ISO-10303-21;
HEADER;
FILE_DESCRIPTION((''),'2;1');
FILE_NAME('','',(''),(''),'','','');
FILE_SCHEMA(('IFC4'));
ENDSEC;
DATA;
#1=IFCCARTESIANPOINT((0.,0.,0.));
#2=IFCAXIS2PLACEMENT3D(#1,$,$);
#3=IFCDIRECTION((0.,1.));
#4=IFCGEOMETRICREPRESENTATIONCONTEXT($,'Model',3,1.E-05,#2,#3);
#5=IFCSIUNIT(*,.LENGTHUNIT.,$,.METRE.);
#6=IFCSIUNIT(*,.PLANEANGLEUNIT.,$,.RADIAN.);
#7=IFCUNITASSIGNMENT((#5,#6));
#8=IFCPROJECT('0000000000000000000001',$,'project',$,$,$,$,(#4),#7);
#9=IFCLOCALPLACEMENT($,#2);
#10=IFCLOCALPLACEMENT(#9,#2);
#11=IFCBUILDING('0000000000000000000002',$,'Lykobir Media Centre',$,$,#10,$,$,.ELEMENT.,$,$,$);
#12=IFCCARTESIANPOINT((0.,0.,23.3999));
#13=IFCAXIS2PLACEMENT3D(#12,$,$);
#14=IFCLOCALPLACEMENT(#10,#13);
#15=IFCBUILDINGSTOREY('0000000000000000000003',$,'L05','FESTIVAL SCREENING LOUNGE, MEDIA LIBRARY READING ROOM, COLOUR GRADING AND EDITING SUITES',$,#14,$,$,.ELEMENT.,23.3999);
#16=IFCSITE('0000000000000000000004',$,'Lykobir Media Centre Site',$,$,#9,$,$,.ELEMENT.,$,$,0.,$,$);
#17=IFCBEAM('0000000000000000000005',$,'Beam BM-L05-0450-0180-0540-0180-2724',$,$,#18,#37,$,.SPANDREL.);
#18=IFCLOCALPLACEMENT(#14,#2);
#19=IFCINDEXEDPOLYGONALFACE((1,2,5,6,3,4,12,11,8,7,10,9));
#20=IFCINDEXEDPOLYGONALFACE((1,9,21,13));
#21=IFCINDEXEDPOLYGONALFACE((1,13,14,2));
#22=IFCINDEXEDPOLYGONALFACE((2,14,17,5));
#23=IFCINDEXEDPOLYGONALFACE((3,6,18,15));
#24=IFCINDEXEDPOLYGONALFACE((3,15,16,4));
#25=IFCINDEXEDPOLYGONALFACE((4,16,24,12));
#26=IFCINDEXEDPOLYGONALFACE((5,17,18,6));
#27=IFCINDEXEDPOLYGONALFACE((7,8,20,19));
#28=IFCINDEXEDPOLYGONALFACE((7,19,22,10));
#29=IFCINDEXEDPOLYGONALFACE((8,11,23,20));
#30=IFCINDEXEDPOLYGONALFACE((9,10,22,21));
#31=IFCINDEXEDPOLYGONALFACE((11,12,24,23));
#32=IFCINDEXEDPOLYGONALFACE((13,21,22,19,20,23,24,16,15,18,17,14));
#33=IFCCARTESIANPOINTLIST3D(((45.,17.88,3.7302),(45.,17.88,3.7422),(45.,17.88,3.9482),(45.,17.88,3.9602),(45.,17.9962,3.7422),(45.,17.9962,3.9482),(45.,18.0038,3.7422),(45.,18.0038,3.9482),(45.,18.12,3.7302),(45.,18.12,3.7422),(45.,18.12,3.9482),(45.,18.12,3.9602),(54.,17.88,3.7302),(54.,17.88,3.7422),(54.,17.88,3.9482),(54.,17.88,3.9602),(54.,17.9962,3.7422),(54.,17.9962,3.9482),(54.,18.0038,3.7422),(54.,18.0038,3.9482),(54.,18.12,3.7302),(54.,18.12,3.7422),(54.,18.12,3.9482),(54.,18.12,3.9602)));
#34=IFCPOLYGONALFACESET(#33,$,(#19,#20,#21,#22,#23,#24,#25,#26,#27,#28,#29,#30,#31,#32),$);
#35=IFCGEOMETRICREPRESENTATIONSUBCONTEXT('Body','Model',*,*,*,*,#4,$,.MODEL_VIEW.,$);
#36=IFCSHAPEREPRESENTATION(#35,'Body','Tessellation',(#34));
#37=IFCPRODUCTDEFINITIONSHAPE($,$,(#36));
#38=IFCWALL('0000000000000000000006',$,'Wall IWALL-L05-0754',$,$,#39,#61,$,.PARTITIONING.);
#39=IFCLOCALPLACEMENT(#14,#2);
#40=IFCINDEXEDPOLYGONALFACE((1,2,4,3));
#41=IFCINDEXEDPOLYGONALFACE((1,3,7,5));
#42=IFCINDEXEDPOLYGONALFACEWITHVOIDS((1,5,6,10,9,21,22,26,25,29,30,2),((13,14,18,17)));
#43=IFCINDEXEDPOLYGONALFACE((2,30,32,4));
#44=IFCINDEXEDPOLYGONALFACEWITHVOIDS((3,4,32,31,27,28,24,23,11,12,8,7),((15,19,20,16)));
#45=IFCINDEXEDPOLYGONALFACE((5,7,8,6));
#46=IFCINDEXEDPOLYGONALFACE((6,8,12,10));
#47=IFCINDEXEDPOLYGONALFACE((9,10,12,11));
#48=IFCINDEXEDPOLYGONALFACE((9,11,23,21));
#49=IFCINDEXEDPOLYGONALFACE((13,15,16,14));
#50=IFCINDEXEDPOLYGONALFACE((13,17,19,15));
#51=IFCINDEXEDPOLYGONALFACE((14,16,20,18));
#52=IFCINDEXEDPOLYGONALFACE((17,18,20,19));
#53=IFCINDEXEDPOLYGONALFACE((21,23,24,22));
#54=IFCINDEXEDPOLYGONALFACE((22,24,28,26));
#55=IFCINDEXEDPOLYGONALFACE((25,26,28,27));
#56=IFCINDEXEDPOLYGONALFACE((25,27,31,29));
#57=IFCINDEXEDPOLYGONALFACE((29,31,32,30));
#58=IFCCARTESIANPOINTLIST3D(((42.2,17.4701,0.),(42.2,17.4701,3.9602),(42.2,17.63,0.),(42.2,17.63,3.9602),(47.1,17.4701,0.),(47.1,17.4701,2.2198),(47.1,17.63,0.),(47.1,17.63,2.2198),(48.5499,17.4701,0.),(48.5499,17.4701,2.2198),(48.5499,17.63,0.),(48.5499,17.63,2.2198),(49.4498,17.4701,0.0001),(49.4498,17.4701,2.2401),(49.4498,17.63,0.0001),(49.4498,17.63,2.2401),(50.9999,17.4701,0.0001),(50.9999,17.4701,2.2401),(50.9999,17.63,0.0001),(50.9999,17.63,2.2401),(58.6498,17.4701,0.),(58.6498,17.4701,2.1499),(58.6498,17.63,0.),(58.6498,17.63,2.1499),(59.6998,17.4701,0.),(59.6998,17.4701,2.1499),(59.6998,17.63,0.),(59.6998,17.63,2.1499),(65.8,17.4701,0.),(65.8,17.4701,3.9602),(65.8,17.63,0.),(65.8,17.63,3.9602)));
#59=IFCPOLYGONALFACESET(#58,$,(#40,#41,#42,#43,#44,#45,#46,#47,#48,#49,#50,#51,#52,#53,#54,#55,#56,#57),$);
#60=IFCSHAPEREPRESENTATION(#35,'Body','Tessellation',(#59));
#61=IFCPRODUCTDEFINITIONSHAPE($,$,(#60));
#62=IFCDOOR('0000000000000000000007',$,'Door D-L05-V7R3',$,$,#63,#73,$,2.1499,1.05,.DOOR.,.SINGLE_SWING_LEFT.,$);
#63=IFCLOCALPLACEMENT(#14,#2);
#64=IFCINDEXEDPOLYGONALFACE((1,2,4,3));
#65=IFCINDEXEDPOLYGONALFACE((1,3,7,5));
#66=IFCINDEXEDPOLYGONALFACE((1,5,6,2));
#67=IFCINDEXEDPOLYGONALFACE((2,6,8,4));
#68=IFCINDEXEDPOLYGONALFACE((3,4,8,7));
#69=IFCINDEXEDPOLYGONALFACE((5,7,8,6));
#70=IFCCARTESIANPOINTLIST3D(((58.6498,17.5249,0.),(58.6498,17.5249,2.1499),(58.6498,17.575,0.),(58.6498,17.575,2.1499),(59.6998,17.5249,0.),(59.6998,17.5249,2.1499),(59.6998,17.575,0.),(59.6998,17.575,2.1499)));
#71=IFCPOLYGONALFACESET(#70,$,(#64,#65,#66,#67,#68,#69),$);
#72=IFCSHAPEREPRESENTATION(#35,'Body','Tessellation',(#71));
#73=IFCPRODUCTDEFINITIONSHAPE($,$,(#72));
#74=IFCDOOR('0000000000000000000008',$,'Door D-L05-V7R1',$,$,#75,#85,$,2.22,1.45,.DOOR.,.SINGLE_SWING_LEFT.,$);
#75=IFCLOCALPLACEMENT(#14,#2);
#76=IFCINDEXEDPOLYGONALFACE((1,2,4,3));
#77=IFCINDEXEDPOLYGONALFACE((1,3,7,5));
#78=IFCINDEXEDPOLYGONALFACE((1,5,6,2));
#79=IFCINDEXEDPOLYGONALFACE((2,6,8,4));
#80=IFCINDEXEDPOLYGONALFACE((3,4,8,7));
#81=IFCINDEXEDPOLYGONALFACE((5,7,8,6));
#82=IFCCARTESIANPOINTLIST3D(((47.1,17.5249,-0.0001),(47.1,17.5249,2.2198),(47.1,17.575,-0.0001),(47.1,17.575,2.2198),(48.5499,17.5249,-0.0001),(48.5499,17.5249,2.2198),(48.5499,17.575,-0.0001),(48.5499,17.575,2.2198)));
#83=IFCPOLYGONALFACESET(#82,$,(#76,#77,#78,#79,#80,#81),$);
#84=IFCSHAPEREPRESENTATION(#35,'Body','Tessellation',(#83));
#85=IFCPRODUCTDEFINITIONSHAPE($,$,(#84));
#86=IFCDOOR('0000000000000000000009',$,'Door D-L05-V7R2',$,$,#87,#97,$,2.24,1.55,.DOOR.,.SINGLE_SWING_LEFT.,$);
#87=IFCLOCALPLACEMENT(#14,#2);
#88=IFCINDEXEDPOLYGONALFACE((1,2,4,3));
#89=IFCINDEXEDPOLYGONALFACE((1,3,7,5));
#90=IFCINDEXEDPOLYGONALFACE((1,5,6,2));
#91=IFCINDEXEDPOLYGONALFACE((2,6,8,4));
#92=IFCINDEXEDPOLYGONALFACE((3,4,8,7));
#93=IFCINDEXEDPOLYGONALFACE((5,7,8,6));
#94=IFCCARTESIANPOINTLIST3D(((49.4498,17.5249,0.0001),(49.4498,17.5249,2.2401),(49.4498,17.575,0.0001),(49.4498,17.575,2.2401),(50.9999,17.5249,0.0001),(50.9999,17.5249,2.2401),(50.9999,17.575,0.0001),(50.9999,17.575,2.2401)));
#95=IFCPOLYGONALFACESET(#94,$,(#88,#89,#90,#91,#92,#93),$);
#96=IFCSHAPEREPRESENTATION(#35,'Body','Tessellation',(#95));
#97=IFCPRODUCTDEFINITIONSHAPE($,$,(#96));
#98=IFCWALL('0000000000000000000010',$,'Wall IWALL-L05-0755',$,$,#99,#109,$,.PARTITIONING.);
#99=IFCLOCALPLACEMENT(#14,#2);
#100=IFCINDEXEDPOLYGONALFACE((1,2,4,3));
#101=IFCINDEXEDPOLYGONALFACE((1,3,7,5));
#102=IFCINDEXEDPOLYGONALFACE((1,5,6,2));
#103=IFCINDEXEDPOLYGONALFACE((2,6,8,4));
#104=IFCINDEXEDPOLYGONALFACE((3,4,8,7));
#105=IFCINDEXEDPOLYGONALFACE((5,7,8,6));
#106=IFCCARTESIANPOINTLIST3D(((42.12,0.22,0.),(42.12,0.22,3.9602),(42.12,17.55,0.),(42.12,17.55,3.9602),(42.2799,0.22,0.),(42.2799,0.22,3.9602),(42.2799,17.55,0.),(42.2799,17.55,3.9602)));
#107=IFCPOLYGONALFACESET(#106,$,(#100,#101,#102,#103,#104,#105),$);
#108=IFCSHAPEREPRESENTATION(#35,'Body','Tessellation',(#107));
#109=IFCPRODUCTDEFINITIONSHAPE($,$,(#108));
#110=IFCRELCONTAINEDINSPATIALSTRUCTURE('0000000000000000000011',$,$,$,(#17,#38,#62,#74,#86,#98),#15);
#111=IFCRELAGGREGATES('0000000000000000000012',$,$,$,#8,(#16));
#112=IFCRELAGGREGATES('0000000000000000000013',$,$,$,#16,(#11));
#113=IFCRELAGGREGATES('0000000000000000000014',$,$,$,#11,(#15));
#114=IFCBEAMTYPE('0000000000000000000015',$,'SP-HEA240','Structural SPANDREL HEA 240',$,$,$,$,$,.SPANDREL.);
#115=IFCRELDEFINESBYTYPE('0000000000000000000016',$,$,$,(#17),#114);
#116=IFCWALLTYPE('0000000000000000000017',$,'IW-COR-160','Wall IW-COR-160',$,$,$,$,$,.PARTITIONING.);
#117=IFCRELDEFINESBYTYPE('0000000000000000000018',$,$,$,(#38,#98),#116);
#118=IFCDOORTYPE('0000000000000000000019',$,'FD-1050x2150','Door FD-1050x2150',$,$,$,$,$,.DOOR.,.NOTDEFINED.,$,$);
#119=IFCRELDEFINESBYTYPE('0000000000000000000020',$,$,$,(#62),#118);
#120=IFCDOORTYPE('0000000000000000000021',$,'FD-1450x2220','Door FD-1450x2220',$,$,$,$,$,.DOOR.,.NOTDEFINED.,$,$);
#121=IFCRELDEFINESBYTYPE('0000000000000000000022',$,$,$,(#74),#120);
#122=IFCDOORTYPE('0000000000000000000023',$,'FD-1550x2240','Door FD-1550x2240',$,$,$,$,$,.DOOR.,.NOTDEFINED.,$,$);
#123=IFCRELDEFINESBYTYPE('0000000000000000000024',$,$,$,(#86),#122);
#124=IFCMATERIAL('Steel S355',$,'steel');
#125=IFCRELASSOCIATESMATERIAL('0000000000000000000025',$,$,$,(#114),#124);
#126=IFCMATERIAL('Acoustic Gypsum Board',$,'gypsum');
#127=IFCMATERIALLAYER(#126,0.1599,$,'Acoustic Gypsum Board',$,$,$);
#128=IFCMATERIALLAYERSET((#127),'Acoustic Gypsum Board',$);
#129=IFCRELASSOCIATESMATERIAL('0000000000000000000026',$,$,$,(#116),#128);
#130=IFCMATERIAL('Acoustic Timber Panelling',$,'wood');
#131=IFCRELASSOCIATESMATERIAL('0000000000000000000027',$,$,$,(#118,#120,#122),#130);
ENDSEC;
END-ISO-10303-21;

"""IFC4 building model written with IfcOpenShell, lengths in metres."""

from ifc_helpers import new_model, si_unit, direction, frame, frame_2d, origin, origin_2d, place, context, subcontext, project, spatial, rectangle, i_section, extrude, material, layer, layer_set, material_profile, profile_set, type_object, element, fill, save


model = new_model("IFC4")

# Units and contexts
model_context = context("Model", 3, precision=1e-05, world=origin(), true_north=direction((0.0, 1.0)))
body_context = subcontext(model_context, "Body", "Model", "MODEL_VIEW")
ifc_project = project(units=[si_unit("LENGTHUNIT", "METRE"), si_unit("PLANEANGLEUNIT", "RADIAN")], contexts=[model_context])

# Site, building, storey
site_placement = place(None, origin())
site = spatial("IfcSite", under=ifc_project, at=site_placement, Name="Lykobir Media Centre Site", CompositionType="ELEMENT", RefElevation=0.0)
building_placement = place(site_placement, origin())
building = spatial("IfcBuilding", under=site, at=building_placement, Name="Lykobir Media Centre", CompositionType="ELEMENT")
storey_placement = place(building_placement, frame((0.0, 0.0, 23.3999)))
storey = spatial("IfcBuildingStorey", under=building, at=storey_placement, Name="L05", Description="FESTIVAL SCREENING LOUNGE, MEDIA LIBRARY READING ROOM, COLOUR GRADING AND EDITING SUITES", CompositionType="ELEMENT", Elevation=23.3999)

# Shared definitions
ifc_material_1 = material(Name="Steel S355", Category="steel")

# Beam
ifc_material_profile_1 = material_profile(ifc_material_1, i_section(OverallWidth=0.24, OverallDepth=0.23, WebThickness=0.0076, FlangeThickness=0.012, at=origin_2d()), Name="HEA 240")
ifc_profile_set_1 = profile_set([ifc_material_profile_1], Name="Steel S355")
beam_type_1 = type_object("IfcBeamType", Name="SP-HEA240", Description="Structural SPANDREL HEA 240", PredefinedType="SPANDREL", material=ifc_profile_set_1)
beam_1_placement = place(storey_placement, frame((45.0, 18.0, 3.8452), z_axis=(1.0, 0.0, 0.0), x_axis=(0.0, 1.0, 0.0)))
element("IfcBeam", 1, at=beam_1_placement, inside=storey, type_object=beam_type_1, Name="Beam BM-L05-0450-0180-0540-0180-2724", PredefinedType="SPANDREL", context=body_context, shape_type="SweptSolid", body=[
    extrude(i_section(OverallWidth=0.24, OverallDepth=0.23, WebThickness=0.0076, FlangeThickness=0.012, at=origin_2d()), origin(), (0.0, 0.0, 1.0), 9.0),
])

# Wall, openings, doors
ifc_material_2 = material(Name="Acoustic Gypsum Board", Category="gypsum")
ifc_layer_1 = layer(ifc_material_2, 0.1599, Name="Acoustic Gypsum Board")
ifc_layer_set_1 = layer_set([ifc_layer_1], Name="Acoustic Gypsum Board")
wall_type_1 = type_object("IfcWallType", Name="IW-COR-160", Description="Wall IW-COR-160", PredefinedType="PARTITIONING", material=ifc_layer_set_1)
wall_1_placement = place(storey_placement, frame((42.2, 17.55, 0.0), z_axis=(0.0, 0.0, 1.0), x_axis=(1.0, 0.0, 0.0)))
wall_1 = element("IfcWall", 2, at=wall_1_placement, inside=storey, type_object=wall_type_1, Name="Wall IWALL-L05-0754", PredefinedType="PARTITIONING", context=body_context, shape_type="SweptSolid", body=[
    extrude(rectangle(XDim=23.6001, YDim=0.1599, at=frame_2d((11.8, 0.0))), origin(), (0.0, 0.0, 1.0), 3.9602),
])
opening_1_placement = place(wall_1_placement, frame((4.8999, 0.0, 0.0)))
opening_1 = element("IfcOpeningElement", 3, at=opening_1_placement, cuts=wall_1, PredefinedType="OPENING", context=body_context, shape_type="SweptSolid", body=[
    extrude(rectangle(XDim=1.45, YDim=2.22, at=frame_2d((0.7251, 1.1099))), frame((0.0, 0.0898, 0.0), z_axis=(0.0, -1.0, 0.0), x_axis=(1.0, 0.0, 0.0)), (0.0, 0.0, 1.0), 0.1799),
])
opening_2_placement = place(wall_1_placement, frame((7.25, 0.0, 0.0)))
opening_2 = element("IfcOpeningElement", 4, at=opening_2_placement, cuts=wall_1, PredefinedType="OPENING", context=body_context, shape_type="SweptSolid", body=[
    extrude(rectangle(XDim=1.55, YDim=2.24, at=frame_2d((0.7749, 1.1201))), frame((0.0, 0.0898, 0.0), z_axis=(0.0, -1.0, 0.0), x_axis=(1.0, 0.0, 0.0)), (0.0, 0.0, 1.0), 0.1799),
])
opening_3_placement = place(wall_1_placement, frame((16.45, 0.0, 0.0)))
opening_3 = element("IfcOpeningElement", 5, at=opening_3_placement, cuts=wall_1, PredefinedType="OPENING", context=body_context, shape_type="SweptSolid", body=[
    extrude(rectangle(XDim=1.05, YDim=2.1499, at=frame_2d((0.5249, 1.075))), frame((0.0, 0.0898, 0.0), z_axis=(0.0, -1.0, 0.0), x_axis=(1.0, 0.0, 0.0)), (0.0, 0.0, 1.0), 0.1799),
])
ifc_material_3 = material(Name="Acoustic Timber Panelling", Category="wood")
door_type_1 = type_object("IfcDoorType", Name="FD-1050x2150", Description="Door FD-1050x2150", OperationType="NOTDEFINED", PredefinedType="DOOR", material=ifc_material_3)
door_1_placement = place(opening_3_placement, origin())
door_1 = element("IfcDoor", 6, at=door_1_placement, inside=storey, type_object=door_type_1, Name="Door D-L05-V7R3", OperationType="SINGLE_SWING_LEFT", OverallHeight=2.1499, OverallWidth=1.05, PredefinedType="DOOR", context=body_context, shape_type="SweptSolid", body=[
    extrude(rectangle(XDim=1.05, YDim=2.1499, at=frame_2d((0.5249, 1.075))), frame((0.0, 0.0249, 0.0), z_axis=(0.0, -1.0, 0.0), x_axis=(1.0, 0.0, 0.0)), (0.0, 0.0, 1.0), 0.05),
])
fill(opening_3, door_1)
door_type_2 = type_object("IfcDoorType", Name="FD-1450x2220", Description="Door FD-1450x2220", OperationType="NOTDEFINED", PredefinedType="DOOR", material=ifc_material_3)
door_2_placement = place(opening_1_placement, origin())
door_2 = element("IfcDoor", 7, at=door_2_placement, inside=storey, type_object=door_type_2, Name="Door D-L05-V7R1", OperationType="SINGLE_SWING_LEFT", OverallHeight=2.22, OverallWidth=1.45, PredefinedType="DOOR", context=body_context, shape_type="SweptSolid", body=[
    extrude(rectangle(XDim=1.45, YDim=2.22, at=frame_2d((0.7251, 1.1099))), frame((0.0, 0.0249, 0.0), z_axis=(0.0, -1.0, 0.0), x_axis=(1.0, 0.0, 0.0)), (0.0, 0.0, 1.0), 0.05),
])
fill(opening_1, door_2)
door_type_3 = type_object("IfcDoorType", Name="FD-1550x2240", Description="Door FD-1550x2240", OperationType="NOTDEFINED", PredefinedType="DOOR", material=ifc_material_3)
door_3_placement = place(opening_2_placement, origin())
door_3 = element("IfcDoor", 8, at=door_3_placement, inside=storey, type_object=door_type_3, Name="Door D-L05-V7R2", OperationType="SINGLE_SWING_LEFT", OverallHeight=2.24, OverallWidth=1.55, PredefinedType="DOOR", context=body_context, shape_type="SweptSolid", body=[
    extrude(rectangle(XDim=1.55, YDim=2.24, at=frame_2d((0.7749, 1.1201))), frame((0.0, 0.0249, 0.0), z_axis=(0.0, -1.0, 0.0), x_axis=(1.0, 0.0, 0.0)), (0.0, 0.0, 1.0), 0.05),
])
fill(opening_2, door_3)

# Wall
wall_2_placement = place(storey_placement, frame((42.2, 0.22, 0.0), z_axis=(0.0, 0.0, 1.0), x_axis=(0.0, 1.0, 0.0)))
element("IfcWall", 9, at=wall_2_placement, inside=storey, type_object=wall_type_1, Name="Wall IWALL-L05-0755", PredefinedType="PARTITIONING", context=body_context, shape_type="SweptSolid", body=[
    extrude(rectangle(XDim=17.3301, YDim=0.1599, at=frame_2d((8.665, 0.0))), origin(), (0.0, 0.0, 1.0), 3.9602),
])

save(model, "model.ifc")
